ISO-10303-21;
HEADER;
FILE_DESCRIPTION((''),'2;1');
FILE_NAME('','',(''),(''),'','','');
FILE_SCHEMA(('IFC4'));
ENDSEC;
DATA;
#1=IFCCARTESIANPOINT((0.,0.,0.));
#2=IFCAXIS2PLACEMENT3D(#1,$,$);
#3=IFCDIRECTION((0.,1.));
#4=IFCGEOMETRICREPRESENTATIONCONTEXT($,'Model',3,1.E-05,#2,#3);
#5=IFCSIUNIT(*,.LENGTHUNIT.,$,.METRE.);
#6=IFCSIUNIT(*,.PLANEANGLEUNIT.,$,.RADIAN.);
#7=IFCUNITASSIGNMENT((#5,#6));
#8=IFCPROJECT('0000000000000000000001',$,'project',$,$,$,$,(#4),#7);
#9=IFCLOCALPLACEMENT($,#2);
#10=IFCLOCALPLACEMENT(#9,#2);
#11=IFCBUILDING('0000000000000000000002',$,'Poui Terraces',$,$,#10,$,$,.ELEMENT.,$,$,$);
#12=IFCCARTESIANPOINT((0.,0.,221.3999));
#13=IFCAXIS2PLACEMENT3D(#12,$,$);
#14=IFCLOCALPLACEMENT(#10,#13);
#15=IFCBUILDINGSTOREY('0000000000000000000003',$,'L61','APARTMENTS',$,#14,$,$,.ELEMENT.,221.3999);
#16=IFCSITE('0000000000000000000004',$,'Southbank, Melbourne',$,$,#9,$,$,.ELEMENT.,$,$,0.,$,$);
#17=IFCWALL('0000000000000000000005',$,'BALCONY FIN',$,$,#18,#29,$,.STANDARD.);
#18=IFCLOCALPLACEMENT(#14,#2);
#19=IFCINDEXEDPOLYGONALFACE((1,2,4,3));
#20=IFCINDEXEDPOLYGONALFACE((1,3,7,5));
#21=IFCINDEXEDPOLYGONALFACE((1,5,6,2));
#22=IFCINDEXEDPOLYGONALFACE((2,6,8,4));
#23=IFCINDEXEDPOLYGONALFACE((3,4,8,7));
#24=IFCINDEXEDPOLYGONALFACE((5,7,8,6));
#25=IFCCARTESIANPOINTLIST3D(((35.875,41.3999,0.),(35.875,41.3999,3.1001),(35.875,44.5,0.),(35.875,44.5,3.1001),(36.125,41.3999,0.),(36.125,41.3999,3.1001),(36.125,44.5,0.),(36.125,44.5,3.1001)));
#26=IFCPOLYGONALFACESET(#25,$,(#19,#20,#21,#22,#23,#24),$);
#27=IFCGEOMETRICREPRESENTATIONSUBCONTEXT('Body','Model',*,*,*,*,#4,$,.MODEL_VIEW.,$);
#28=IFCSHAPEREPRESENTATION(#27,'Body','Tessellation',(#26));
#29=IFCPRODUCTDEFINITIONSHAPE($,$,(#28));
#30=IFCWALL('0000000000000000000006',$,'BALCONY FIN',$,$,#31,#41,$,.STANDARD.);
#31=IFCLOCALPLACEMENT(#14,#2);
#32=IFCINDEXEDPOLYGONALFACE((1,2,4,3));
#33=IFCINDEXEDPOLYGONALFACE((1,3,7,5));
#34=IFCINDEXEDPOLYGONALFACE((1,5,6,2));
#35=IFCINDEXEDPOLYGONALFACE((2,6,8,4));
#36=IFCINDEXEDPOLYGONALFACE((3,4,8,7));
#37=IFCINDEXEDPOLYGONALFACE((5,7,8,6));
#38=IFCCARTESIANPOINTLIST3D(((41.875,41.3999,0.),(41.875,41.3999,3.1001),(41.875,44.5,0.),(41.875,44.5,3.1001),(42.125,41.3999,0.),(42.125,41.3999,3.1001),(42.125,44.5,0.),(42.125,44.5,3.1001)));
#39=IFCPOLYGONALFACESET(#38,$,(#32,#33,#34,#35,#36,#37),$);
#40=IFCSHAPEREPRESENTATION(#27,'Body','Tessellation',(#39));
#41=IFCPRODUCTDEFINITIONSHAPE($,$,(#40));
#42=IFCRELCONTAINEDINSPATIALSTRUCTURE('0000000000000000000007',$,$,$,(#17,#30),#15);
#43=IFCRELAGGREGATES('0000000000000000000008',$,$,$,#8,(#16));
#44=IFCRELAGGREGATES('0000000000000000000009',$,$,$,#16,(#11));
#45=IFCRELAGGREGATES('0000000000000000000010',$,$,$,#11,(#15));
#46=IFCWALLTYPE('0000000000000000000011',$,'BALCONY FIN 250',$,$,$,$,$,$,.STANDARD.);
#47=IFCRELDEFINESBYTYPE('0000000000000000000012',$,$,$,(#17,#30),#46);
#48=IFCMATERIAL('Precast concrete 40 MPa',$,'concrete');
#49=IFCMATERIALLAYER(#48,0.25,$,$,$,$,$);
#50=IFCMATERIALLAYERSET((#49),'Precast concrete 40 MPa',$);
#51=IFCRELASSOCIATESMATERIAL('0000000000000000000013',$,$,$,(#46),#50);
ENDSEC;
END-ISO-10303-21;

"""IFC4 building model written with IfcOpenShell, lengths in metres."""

from ifc_helpers import new_model, si_unit, direction, frame, origin, place, context, subcontext, project, spatial, polyline, outline, extrude, source, transform, mapped, material, layer, layer_set, type_object, element, save


model = new_model("IFC4")

# Units and contexts
model_context = context("Model", 3, precision=1e-05, world=origin(), true_north=direction((0.0, 1.0)))
body_context = subcontext(model_context, "Body", "Model", "MODEL_VIEW")
ifc_project = project(units=[si_unit("LENGTHUNIT", "METRE"), si_unit("PLANEANGLEUNIT", "RADIAN")], contexts=[model_context])

# Site, building, storey
site_placement = place(None, origin())
site = spatial("IfcSite", under=ifc_project, at=site_placement, Name="Southbank, Melbourne", CompositionType="ELEMENT", RefElevation=0.0)
building_placement = place(site_placement, origin())
building = spatial("IfcBuilding", under=site, at=building_placement, Name="Poui Terraces", CompositionType="ELEMENT")
storey_placement = place(building_placement, frame((0.0, 0.0, 221.3999)))
storey = spatial("IfcBuildingStorey", under=building, at=storey_placement, Name="L61", Description="APARTMENTS", CompositionType="ELEMENT", Elevation=221.3999)

# Walls
ifc_material_1 = material(Name="Precast concrete 40 MPa", Category="concrete")
ifc_layer_1 = layer(ifc_material_1, 0.25)
ifc_layer_set_1 = layer_set([ifc_layer_1], Name="Precast concrete 40 MPa")
wall_type_1 = type_object("IfcWallType", Name="BALCONY FIN 250", PredefinedType="STANDARD", material=ifc_layer_set_1)
shared_shape_1 = source(origin(), body_context, "Body", "SweptSolid", [
    extrude(outline(polyline([(0.0, 0.0), (0.25, 0.0), (0.25, 3.1001), (0.0, 3.1001), (0.0, 0.0)])), origin(), (0.0, 0.0, 1.0), 3.1001),
])
for number, where, name in (
    (1, (35.875, 41.3999, 0.0), "BALCONY FIN"),
    (2, (41.875, 41.3999, 0.0), "BALCONY FIN"),
):
    element("IfcWall", number, at=place(storey_placement, frame(where)), inside=storey, type_object=wall_type_1, Name=name, PredefinedType="STANDARD", context=body_context, shape_type="MappedRepresentation", body=[
        mapped(shared_shape_1, transform((0.0, 0.0, 0.0))),
    ])

save(model, "model.ifc")
